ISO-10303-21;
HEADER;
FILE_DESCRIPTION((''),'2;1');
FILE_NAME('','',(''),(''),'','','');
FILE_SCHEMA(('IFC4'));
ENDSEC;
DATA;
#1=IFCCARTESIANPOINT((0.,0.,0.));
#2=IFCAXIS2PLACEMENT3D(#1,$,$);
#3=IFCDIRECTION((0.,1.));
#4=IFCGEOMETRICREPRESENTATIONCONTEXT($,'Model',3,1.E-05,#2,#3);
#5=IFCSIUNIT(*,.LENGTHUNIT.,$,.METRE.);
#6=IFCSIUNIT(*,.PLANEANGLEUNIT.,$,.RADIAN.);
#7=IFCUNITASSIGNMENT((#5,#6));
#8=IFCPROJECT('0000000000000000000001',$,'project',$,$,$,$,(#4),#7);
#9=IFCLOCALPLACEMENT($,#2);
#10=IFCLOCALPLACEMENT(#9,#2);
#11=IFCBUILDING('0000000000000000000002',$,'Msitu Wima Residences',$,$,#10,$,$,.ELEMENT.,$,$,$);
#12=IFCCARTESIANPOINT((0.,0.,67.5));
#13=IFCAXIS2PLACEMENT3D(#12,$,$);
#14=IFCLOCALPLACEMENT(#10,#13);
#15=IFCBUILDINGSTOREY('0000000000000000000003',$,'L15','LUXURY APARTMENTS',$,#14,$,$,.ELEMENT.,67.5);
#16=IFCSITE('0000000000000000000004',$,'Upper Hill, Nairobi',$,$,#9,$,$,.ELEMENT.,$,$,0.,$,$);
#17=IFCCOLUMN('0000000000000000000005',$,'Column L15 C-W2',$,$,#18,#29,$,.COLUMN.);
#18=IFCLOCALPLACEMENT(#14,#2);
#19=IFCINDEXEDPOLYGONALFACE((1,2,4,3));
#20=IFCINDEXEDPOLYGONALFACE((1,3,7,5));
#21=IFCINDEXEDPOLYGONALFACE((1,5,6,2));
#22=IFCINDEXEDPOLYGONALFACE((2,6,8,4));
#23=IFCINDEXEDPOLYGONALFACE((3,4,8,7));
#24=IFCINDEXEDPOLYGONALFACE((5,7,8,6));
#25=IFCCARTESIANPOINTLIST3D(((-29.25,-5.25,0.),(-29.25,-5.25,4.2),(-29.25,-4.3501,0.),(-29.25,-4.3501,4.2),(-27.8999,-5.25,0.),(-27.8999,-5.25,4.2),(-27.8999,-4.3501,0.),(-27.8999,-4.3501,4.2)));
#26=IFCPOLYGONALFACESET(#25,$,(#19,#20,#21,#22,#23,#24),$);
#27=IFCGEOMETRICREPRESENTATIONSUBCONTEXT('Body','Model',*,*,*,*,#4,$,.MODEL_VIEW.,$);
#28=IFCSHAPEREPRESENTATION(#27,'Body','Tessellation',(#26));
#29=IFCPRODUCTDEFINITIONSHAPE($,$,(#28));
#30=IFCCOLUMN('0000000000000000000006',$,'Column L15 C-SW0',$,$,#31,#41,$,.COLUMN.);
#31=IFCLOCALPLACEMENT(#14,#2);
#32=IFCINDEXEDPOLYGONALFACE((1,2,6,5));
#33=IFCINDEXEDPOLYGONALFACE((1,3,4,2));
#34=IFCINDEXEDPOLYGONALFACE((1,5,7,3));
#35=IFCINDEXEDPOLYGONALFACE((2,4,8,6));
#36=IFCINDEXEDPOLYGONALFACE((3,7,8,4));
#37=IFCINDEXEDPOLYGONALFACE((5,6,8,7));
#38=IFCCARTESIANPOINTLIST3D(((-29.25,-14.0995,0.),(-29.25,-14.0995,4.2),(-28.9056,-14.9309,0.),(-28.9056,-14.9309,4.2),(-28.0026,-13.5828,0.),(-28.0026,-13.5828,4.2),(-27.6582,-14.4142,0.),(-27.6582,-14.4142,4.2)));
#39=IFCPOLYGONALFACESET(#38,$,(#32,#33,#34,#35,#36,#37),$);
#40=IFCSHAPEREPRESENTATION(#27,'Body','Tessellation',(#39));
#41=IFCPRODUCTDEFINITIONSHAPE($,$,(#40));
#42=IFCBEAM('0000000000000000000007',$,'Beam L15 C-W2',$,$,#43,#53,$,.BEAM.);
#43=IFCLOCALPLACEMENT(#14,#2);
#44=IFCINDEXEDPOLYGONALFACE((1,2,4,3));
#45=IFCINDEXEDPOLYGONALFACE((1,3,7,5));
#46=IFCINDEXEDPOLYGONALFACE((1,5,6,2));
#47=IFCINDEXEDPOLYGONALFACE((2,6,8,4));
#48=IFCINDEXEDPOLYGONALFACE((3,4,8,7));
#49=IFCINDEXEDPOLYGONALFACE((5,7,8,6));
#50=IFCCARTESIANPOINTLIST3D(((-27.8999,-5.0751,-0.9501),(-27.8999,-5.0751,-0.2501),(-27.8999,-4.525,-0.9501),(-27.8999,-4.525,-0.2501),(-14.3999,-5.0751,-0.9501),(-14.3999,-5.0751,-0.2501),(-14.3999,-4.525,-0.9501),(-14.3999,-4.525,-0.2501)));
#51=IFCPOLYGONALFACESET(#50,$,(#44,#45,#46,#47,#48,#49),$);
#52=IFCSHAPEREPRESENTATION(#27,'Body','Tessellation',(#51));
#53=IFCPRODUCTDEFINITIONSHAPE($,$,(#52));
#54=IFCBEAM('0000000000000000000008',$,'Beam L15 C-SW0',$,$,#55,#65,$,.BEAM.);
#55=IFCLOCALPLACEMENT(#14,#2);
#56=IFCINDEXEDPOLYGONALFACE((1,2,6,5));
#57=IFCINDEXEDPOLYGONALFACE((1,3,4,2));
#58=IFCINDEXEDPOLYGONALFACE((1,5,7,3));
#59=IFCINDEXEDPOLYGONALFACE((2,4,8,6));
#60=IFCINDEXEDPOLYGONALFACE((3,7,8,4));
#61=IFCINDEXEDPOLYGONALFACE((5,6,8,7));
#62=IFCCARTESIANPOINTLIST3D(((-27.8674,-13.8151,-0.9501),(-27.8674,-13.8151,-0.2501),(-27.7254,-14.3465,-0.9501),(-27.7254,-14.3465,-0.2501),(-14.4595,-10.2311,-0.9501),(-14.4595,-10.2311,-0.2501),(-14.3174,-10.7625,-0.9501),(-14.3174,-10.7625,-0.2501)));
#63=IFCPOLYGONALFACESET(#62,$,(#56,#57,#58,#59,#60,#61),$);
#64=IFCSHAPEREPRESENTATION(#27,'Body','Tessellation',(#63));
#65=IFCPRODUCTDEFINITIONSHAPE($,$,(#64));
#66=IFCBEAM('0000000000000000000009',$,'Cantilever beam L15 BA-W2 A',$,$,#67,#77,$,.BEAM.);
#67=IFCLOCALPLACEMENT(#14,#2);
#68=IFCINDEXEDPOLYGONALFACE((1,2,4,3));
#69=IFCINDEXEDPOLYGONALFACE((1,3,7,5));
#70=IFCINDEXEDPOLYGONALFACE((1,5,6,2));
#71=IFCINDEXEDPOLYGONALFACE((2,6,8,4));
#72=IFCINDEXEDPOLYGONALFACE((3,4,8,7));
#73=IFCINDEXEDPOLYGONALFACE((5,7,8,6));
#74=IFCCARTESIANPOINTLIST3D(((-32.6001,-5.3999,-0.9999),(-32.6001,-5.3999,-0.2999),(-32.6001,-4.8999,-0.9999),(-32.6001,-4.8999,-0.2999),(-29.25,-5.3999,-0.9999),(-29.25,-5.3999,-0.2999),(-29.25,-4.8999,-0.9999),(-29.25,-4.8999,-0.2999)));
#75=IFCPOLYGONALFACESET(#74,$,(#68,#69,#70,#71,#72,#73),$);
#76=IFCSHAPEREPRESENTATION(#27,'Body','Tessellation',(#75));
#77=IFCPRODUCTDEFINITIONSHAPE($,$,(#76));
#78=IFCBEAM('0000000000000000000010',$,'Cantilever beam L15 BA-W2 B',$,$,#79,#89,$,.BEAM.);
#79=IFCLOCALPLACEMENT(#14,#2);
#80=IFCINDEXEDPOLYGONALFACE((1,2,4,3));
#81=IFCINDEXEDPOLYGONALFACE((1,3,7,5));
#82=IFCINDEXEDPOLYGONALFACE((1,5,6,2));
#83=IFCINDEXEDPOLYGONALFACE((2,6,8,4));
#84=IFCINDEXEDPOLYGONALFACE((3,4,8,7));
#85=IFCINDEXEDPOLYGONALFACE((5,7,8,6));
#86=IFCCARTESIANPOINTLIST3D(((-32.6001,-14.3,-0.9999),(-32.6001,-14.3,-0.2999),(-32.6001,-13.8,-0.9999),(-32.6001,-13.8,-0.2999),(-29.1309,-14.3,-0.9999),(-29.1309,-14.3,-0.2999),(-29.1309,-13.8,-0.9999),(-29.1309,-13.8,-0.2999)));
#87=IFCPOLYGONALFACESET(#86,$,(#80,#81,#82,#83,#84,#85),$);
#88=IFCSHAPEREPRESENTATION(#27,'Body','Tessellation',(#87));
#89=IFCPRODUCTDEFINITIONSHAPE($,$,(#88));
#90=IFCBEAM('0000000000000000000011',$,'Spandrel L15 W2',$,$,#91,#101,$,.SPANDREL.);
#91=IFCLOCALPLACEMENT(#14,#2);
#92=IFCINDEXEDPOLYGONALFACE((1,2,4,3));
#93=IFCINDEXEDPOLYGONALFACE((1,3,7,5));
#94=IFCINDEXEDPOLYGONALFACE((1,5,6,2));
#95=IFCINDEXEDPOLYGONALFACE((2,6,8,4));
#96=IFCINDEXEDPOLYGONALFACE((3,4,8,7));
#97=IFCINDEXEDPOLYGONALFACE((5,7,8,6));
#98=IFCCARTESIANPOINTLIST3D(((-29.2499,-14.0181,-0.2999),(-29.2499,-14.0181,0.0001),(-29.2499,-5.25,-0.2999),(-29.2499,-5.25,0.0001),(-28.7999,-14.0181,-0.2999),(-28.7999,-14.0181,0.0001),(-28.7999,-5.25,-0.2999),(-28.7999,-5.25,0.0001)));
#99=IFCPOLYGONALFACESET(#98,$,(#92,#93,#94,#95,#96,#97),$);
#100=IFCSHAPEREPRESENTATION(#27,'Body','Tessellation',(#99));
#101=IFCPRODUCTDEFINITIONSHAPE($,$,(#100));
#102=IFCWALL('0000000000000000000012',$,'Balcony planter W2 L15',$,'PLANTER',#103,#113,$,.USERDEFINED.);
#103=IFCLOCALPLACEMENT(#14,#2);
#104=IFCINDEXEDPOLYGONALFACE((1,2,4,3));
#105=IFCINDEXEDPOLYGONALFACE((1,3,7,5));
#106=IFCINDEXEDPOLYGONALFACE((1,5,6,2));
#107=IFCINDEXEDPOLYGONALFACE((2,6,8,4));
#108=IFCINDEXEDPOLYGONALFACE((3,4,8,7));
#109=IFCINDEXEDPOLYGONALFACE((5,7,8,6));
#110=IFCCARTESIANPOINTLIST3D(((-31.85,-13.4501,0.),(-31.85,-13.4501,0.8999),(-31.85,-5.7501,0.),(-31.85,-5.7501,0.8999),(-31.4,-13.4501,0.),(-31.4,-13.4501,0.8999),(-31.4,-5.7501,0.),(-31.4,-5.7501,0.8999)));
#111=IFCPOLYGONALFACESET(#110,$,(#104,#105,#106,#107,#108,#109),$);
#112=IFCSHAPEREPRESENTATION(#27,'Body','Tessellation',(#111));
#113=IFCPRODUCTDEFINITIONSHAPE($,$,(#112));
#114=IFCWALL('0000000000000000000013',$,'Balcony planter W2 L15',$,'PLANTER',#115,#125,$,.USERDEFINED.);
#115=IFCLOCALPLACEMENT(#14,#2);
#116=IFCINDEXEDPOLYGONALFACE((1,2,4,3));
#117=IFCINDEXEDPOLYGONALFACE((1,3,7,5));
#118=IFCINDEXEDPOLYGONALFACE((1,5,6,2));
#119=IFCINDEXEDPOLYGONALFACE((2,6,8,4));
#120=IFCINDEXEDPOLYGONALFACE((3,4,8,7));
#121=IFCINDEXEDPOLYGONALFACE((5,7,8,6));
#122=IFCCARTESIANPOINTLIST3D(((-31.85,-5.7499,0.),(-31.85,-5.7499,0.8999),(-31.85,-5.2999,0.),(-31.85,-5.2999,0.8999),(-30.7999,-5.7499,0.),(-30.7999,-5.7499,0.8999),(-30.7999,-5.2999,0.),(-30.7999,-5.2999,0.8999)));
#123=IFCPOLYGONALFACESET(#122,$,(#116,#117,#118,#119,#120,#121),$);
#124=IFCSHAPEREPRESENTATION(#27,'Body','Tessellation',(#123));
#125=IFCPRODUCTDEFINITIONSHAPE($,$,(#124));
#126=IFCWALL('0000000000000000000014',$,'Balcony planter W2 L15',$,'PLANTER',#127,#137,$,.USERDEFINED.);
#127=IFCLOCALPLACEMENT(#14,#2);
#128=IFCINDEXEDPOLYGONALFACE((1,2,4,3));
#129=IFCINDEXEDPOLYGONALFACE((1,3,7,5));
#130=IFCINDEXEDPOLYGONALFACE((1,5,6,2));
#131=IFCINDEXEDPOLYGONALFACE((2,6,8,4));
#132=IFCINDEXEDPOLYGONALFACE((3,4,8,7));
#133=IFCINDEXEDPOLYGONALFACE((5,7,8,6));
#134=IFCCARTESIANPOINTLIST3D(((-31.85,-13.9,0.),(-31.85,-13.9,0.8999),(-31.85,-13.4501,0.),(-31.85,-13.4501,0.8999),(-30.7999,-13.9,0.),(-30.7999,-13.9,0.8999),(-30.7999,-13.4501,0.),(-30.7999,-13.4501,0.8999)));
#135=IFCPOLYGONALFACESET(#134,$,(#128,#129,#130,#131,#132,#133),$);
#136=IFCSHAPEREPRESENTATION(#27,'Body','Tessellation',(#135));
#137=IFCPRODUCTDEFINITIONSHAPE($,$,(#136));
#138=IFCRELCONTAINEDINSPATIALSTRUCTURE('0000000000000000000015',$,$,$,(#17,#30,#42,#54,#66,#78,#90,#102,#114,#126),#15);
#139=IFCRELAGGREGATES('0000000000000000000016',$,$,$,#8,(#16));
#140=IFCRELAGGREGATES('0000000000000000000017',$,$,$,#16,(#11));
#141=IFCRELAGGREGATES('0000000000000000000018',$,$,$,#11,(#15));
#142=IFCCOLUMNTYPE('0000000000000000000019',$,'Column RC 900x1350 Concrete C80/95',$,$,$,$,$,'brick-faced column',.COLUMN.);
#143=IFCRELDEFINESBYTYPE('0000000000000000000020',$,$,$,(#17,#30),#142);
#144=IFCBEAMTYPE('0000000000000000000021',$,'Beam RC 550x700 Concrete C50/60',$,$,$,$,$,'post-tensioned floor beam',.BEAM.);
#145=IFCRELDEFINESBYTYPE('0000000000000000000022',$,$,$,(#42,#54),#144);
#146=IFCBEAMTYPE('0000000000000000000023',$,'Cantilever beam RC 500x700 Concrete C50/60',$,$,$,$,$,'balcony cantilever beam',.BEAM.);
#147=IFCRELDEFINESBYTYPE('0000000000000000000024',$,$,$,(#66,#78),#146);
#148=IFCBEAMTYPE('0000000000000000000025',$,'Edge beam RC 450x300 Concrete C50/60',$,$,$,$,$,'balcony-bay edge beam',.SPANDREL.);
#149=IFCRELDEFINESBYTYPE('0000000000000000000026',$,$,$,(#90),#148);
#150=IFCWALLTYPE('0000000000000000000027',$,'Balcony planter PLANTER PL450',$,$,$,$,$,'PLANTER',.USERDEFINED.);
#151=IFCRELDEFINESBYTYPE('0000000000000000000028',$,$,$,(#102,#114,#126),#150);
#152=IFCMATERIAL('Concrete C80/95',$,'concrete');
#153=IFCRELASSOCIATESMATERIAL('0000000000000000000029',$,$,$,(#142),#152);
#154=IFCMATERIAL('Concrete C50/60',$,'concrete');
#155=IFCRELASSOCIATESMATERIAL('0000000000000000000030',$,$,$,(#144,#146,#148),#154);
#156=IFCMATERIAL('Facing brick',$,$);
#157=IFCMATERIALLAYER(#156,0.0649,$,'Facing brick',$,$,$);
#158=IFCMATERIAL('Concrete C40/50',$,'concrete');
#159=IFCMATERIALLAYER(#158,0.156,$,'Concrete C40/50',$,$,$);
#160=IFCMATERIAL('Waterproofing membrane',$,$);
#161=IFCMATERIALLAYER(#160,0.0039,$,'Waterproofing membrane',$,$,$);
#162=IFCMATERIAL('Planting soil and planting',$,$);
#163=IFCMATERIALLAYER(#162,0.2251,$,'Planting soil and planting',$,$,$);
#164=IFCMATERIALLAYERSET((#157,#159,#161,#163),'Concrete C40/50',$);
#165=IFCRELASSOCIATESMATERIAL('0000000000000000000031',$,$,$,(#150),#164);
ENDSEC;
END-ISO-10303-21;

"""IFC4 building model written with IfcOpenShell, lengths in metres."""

from ifc_helpers import new_model, si_unit, direction, frame, frame_2d, origin, origin_2d, place, context, subcontext, project, spatial, rectangle, extrude, material, layer, layer_set, material_profile, profile_set, type_object, element, save


model = new_model("IFC4")

# Units and contexts
model_context = context("Model", 3, precision=1e-05, world=origin(), true_north=direction((0.0, 1.0)))
body_context = subcontext(model_context, "Body", "Model", "MODEL_VIEW")
ifc_project = project(units=[si_unit("LENGTHUNIT", "METRE"), si_unit("PLANEANGLEUNIT", "RADIAN")], contexts=[model_context])

# Site, building, storey
site_placement = place(None, origin())
site = spatial("IfcSite", under=ifc_project, at=site_placement, Name="Upper Hill, Nairobi", CompositionType="ELEMENT", RefElevation=0.0)
building_placement = place(site_placement, origin())
building = spatial("IfcBuilding", under=site, at=building_placement, Name="Msitu Wima Residences", CompositionType="ELEMENT")
storey_placement = place(building_placement, frame((0.0, 0.0, 67.5)))
storey = spatial("IfcBuildingStorey", under=building, at=storey_placement, Name="L15", Description="LUXURY APARTMENTS", CompositionType="ELEMENT", Elevation=67.5)

# Columns
ifc_material_1 = material(Name="Concrete C80/95", Category="concrete")
ifc_material_profile_1 = material_profile(ifc_material_1, rectangle(XDim=0.8999, YDim=1.3501, at=origin_2d()), Name="RC 900x1350")
ifc_profile_set_1 = profile_set([ifc_material_profile_1], Name="Concrete C80/95")
column_type = type_object("IfcColumnType", Name="Column RC 900x1350 Concrete C80/95", ElementType="brick-faced column", PredefinedType="COLUMN", material=ifc_profile_set_1)
for number, where, z_axis, x_axis, name in (
    (1, (-28.575, -4.8, 0.0), (0.0, 0.0, 1.0), (0.0, -1.0, 0.0), "Column L15 C-W2"),
    (2, (-28.4541, -14.2568, 0.0), (0.0, 0.0, 1.0), (0.382683, -0.92388, 0.0), "Column L15 C-SW0"),
):
    element("IfcColumn", number, at=place(storey_placement, frame(where, z_axis=z_axis, x_axis=x_axis)), inside=storey, type_object=column_type, Name=name, PredefinedType="COLUMN", context=body_context, shape_type="SweptSolid", body=[
        extrude(rectangle(XDim=0.8999, YDim=1.3501, at=origin_2d()), origin(), (0.0, 0.0, 1.0), 4.2),
    ])

# Beams
ifc_material_2 = material(Name="Concrete C50/60", Category="concrete")
ifc_material_profile_2 = material_profile(ifc_material_2, rectangle(XDim=0.55, YDim=0.7, at=origin_2d()), Name="RC 550x700")
ifc_profile_set_2 = profile_set([ifc_material_profile_2], Name="Concrete C50/60")
beam_type_1 = type_object("IfcBeamType", Name="Beam RC 550x700 Concrete C50/60", ElementType="post-tensioned floor beam", PredefinedType="BEAM", material=ifc_profile_set_2)
beam_1_placement = place(storey_placement, frame((-27.8999, -4.8, -0.6001), z_axis=(1.0, 0.0, 0.0), x_axis=(0.0, 1.0, 0.0)))
element("IfcBeam", 3, at=beam_1_placement, inside=storey, type_object=beam_type_1, Name="Beam L15 C-W2", PredefinedType="BEAM", context=body_context, shape_type="SweptSolid", body=[
    extrude(rectangle(XDim=0.55, YDim=0.7, at=origin_2d()), origin(), (0.0, 0.0, 1.0), 13.5),
])
beam_2_placement = place(storey_placement, frame((-27.7964, -14.0808, -0.6001), z_axis=(0.966082, 0.258236, 0.0), x_axis=(-0.258236, 0.966082, 0.0)))
element("IfcBeam", 4, at=beam_2_placement, inside=storey, type_object=beam_type_1, Name="Beam L15 C-SW0", PredefinedType="BEAM", context=body_context, shape_type="SweptSolid", body=[
    extrude(rectangle(XDim=0.55, YDim=0.7, at=origin_2d()), origin(), (0.0, 0.0, 1.0), 13.8787),
])
ifc_material_profile_3 = material_profile(ifc_material_2, rectangle(XDim=0.5, YDim=0.7, at=origin_2d()), Name="RC 500x700")
ifc_profile_set_3 = profile_set([ifc_material_profile_3], Name="Concrete C50/60")
beam_type_2 = type_object("IfcBeamType", Name="Cantilever beam RC 500x700 Concrete C50/60", ElementType="balcony cantilever beam", PredefinedType="BEAM", material=ifc_profile_set_3)
beam_3_placement = place(storey_placement, frame((-29.25, -5.1499, -0.6499), z_axis=(-1.0, 0.0, 0.0), x_axis=(0.0, -1.0, 0.0)))
element("IfcBeam", 5, at=beam_3_placement, inside=storey, type_object=beam_type_2, Name="Cantilever beam L15 BA-W2 A", PredefinedType="BEAM", context=body_context, shape_type="SweptSolid", body=[
    extrude(rectangle(XDim=0.5, YDim=0.7, at=origin_2d()), origin(), (0.0, 0.0, 1.0), 3.3501),
])
beam_4_placement = place(storey_placement, frame((-29.1309, -14.05, -0.6499), z_axis=(-1.0, 0.0, 0.0), x_axis=(0.0, -1.0, 0.0)))
element("IfcBeam", 6, at=beam_4_placement, inside=storey, type_object=beam_type_2, Name="Cantilever beam L15 BA-W2 B", PredefinedType="BEAM", context=body_context, shape_type="SweptSolid", body=[
    extrude(rectangle(XDim=0.5, YDim=0.7, at=origin_2d()), origin(), (0.0, 0.0, 1.0), 3.4692),
])
ifc_material_profile_4 = material_profile(ifc_material_2, rectangle(XDim=0.45, YDim=0.3, at=origin_2d()), Name="RC 450x300")
ifc_profile_set_4 = profile_set([ifc_material_profile_4], Name="Concrete C50/60")
beam_type_3 = type_object("IfcBeamType", Name="Edge beam RC 450x300 Concrete C50/60", ElementType="balcony-bay edge beam", PredefinedType="SPANDREL", material=ifc_profile_set_4)
beam_5_placement = place(storey_placement, frame((-29.0249, -5.25, -0.1499), z_axis=(0.0, -1.0, 0.0), x_axis=(1.0, 0.0, 0.0)))
element("IfcBeam", 7, at=beam_5_placement, inside=storey, type_object=beam_type_3, Name="Spandrel L15 W2", PredefinedType="SPANDREL", context=body_context, shape_type="SweptSolid", body=[
    extrude(rectangle(XDim=0.45, YDim=0.3, at=origin_2d()), origin(), (0.0, 0.0, 1.0), 8.7681),
])

# Walls
ifc_material_3 = material(Name="Facing brick")
ifc_layer_1 = layer(ifc_material_3, 0.0649, Name="Facing brick")
ifc_material_4 = material(Name="Concrete C40/50", Category="concrete")
ifc_layer_2 = layer(ifc_material_4, 0.156, Name="Concrete C40/50")
ifc_material_5 = material(Name="Waterproofing membrane")
ifc_layer_3 = layer(ifc_material_5, 0.0039, Name="Waterproofing membrane")
ifc_material_6 = material(Name="Planting soil and planting")
ifc_layer_4 = layer(ifc_material_6, 0.2251, Name="Planting soil and planting")
ifc_layer_set_1 = layer_set([ifc_layer_1, ifc_layer_2, ifc_layer_3, ifc_layer_4], Name="Concrete C40/50")
wall_type_1 = type_object("IfcWallType", Name="Balcony planter PLANTER PL450", ElementType="PLANTER", PredefinedType="USERDEFINED", material=ifc_layer_set_1)
wall_1_placement = place(storey_placement, frame((-31.625, -5.75, 0.0), z_axis=(0.0, 0.0, 1.0), x_axis=(0.0, -1.0, 0.0)))
element("IfcWall", 8, at=wall_1_placement, inside=storey, type_object=wall_type_1, Name="Balcony planter W2 L15", ObjectType="PLANTER", PredefinedType="USERDEFINED", context=body_context, shape_type="SweptSolid", body=[
    extrude(rectangle(XDim=7.7, YDim=0.45, at=frame_2d((3.8501, 0.0))), origin(), (0.0, 0.0, 1.0), 0.8999),
])
for number, where, z_axis, x_axis, name in (
    (9, (-30.8, -5.5249, 0.0), (0.0, 0.0, 1.0), (-1.0, 0.0, 0.0), "Balcony planter W2 L15"),
    (10, (-30.8, -13.675, 0.0), (0.0, 0.0, 1.0), (-1.0, 0.0, 0.0), "Balcony planter W2 L15"),
):
    element("IfcWall", number, at=place(storey_placement, frame(where, z_axis=z_axis, x_axis=x_axis)), inside=storey, type_object=wall_type_1, Name=name, ObjectType="PLANTER", PredefinedType="USERDEFINED", context=body_context, shape_type="SweptSolid", body=[
        extrude(rectangle(XDim=1.05, YDim=0.45, at=frame_2d((0.5249, 0.0))), origin(), (0.0, 0.0, 1.0), 0.8999),
    ])

save(model, "model.ifc")
